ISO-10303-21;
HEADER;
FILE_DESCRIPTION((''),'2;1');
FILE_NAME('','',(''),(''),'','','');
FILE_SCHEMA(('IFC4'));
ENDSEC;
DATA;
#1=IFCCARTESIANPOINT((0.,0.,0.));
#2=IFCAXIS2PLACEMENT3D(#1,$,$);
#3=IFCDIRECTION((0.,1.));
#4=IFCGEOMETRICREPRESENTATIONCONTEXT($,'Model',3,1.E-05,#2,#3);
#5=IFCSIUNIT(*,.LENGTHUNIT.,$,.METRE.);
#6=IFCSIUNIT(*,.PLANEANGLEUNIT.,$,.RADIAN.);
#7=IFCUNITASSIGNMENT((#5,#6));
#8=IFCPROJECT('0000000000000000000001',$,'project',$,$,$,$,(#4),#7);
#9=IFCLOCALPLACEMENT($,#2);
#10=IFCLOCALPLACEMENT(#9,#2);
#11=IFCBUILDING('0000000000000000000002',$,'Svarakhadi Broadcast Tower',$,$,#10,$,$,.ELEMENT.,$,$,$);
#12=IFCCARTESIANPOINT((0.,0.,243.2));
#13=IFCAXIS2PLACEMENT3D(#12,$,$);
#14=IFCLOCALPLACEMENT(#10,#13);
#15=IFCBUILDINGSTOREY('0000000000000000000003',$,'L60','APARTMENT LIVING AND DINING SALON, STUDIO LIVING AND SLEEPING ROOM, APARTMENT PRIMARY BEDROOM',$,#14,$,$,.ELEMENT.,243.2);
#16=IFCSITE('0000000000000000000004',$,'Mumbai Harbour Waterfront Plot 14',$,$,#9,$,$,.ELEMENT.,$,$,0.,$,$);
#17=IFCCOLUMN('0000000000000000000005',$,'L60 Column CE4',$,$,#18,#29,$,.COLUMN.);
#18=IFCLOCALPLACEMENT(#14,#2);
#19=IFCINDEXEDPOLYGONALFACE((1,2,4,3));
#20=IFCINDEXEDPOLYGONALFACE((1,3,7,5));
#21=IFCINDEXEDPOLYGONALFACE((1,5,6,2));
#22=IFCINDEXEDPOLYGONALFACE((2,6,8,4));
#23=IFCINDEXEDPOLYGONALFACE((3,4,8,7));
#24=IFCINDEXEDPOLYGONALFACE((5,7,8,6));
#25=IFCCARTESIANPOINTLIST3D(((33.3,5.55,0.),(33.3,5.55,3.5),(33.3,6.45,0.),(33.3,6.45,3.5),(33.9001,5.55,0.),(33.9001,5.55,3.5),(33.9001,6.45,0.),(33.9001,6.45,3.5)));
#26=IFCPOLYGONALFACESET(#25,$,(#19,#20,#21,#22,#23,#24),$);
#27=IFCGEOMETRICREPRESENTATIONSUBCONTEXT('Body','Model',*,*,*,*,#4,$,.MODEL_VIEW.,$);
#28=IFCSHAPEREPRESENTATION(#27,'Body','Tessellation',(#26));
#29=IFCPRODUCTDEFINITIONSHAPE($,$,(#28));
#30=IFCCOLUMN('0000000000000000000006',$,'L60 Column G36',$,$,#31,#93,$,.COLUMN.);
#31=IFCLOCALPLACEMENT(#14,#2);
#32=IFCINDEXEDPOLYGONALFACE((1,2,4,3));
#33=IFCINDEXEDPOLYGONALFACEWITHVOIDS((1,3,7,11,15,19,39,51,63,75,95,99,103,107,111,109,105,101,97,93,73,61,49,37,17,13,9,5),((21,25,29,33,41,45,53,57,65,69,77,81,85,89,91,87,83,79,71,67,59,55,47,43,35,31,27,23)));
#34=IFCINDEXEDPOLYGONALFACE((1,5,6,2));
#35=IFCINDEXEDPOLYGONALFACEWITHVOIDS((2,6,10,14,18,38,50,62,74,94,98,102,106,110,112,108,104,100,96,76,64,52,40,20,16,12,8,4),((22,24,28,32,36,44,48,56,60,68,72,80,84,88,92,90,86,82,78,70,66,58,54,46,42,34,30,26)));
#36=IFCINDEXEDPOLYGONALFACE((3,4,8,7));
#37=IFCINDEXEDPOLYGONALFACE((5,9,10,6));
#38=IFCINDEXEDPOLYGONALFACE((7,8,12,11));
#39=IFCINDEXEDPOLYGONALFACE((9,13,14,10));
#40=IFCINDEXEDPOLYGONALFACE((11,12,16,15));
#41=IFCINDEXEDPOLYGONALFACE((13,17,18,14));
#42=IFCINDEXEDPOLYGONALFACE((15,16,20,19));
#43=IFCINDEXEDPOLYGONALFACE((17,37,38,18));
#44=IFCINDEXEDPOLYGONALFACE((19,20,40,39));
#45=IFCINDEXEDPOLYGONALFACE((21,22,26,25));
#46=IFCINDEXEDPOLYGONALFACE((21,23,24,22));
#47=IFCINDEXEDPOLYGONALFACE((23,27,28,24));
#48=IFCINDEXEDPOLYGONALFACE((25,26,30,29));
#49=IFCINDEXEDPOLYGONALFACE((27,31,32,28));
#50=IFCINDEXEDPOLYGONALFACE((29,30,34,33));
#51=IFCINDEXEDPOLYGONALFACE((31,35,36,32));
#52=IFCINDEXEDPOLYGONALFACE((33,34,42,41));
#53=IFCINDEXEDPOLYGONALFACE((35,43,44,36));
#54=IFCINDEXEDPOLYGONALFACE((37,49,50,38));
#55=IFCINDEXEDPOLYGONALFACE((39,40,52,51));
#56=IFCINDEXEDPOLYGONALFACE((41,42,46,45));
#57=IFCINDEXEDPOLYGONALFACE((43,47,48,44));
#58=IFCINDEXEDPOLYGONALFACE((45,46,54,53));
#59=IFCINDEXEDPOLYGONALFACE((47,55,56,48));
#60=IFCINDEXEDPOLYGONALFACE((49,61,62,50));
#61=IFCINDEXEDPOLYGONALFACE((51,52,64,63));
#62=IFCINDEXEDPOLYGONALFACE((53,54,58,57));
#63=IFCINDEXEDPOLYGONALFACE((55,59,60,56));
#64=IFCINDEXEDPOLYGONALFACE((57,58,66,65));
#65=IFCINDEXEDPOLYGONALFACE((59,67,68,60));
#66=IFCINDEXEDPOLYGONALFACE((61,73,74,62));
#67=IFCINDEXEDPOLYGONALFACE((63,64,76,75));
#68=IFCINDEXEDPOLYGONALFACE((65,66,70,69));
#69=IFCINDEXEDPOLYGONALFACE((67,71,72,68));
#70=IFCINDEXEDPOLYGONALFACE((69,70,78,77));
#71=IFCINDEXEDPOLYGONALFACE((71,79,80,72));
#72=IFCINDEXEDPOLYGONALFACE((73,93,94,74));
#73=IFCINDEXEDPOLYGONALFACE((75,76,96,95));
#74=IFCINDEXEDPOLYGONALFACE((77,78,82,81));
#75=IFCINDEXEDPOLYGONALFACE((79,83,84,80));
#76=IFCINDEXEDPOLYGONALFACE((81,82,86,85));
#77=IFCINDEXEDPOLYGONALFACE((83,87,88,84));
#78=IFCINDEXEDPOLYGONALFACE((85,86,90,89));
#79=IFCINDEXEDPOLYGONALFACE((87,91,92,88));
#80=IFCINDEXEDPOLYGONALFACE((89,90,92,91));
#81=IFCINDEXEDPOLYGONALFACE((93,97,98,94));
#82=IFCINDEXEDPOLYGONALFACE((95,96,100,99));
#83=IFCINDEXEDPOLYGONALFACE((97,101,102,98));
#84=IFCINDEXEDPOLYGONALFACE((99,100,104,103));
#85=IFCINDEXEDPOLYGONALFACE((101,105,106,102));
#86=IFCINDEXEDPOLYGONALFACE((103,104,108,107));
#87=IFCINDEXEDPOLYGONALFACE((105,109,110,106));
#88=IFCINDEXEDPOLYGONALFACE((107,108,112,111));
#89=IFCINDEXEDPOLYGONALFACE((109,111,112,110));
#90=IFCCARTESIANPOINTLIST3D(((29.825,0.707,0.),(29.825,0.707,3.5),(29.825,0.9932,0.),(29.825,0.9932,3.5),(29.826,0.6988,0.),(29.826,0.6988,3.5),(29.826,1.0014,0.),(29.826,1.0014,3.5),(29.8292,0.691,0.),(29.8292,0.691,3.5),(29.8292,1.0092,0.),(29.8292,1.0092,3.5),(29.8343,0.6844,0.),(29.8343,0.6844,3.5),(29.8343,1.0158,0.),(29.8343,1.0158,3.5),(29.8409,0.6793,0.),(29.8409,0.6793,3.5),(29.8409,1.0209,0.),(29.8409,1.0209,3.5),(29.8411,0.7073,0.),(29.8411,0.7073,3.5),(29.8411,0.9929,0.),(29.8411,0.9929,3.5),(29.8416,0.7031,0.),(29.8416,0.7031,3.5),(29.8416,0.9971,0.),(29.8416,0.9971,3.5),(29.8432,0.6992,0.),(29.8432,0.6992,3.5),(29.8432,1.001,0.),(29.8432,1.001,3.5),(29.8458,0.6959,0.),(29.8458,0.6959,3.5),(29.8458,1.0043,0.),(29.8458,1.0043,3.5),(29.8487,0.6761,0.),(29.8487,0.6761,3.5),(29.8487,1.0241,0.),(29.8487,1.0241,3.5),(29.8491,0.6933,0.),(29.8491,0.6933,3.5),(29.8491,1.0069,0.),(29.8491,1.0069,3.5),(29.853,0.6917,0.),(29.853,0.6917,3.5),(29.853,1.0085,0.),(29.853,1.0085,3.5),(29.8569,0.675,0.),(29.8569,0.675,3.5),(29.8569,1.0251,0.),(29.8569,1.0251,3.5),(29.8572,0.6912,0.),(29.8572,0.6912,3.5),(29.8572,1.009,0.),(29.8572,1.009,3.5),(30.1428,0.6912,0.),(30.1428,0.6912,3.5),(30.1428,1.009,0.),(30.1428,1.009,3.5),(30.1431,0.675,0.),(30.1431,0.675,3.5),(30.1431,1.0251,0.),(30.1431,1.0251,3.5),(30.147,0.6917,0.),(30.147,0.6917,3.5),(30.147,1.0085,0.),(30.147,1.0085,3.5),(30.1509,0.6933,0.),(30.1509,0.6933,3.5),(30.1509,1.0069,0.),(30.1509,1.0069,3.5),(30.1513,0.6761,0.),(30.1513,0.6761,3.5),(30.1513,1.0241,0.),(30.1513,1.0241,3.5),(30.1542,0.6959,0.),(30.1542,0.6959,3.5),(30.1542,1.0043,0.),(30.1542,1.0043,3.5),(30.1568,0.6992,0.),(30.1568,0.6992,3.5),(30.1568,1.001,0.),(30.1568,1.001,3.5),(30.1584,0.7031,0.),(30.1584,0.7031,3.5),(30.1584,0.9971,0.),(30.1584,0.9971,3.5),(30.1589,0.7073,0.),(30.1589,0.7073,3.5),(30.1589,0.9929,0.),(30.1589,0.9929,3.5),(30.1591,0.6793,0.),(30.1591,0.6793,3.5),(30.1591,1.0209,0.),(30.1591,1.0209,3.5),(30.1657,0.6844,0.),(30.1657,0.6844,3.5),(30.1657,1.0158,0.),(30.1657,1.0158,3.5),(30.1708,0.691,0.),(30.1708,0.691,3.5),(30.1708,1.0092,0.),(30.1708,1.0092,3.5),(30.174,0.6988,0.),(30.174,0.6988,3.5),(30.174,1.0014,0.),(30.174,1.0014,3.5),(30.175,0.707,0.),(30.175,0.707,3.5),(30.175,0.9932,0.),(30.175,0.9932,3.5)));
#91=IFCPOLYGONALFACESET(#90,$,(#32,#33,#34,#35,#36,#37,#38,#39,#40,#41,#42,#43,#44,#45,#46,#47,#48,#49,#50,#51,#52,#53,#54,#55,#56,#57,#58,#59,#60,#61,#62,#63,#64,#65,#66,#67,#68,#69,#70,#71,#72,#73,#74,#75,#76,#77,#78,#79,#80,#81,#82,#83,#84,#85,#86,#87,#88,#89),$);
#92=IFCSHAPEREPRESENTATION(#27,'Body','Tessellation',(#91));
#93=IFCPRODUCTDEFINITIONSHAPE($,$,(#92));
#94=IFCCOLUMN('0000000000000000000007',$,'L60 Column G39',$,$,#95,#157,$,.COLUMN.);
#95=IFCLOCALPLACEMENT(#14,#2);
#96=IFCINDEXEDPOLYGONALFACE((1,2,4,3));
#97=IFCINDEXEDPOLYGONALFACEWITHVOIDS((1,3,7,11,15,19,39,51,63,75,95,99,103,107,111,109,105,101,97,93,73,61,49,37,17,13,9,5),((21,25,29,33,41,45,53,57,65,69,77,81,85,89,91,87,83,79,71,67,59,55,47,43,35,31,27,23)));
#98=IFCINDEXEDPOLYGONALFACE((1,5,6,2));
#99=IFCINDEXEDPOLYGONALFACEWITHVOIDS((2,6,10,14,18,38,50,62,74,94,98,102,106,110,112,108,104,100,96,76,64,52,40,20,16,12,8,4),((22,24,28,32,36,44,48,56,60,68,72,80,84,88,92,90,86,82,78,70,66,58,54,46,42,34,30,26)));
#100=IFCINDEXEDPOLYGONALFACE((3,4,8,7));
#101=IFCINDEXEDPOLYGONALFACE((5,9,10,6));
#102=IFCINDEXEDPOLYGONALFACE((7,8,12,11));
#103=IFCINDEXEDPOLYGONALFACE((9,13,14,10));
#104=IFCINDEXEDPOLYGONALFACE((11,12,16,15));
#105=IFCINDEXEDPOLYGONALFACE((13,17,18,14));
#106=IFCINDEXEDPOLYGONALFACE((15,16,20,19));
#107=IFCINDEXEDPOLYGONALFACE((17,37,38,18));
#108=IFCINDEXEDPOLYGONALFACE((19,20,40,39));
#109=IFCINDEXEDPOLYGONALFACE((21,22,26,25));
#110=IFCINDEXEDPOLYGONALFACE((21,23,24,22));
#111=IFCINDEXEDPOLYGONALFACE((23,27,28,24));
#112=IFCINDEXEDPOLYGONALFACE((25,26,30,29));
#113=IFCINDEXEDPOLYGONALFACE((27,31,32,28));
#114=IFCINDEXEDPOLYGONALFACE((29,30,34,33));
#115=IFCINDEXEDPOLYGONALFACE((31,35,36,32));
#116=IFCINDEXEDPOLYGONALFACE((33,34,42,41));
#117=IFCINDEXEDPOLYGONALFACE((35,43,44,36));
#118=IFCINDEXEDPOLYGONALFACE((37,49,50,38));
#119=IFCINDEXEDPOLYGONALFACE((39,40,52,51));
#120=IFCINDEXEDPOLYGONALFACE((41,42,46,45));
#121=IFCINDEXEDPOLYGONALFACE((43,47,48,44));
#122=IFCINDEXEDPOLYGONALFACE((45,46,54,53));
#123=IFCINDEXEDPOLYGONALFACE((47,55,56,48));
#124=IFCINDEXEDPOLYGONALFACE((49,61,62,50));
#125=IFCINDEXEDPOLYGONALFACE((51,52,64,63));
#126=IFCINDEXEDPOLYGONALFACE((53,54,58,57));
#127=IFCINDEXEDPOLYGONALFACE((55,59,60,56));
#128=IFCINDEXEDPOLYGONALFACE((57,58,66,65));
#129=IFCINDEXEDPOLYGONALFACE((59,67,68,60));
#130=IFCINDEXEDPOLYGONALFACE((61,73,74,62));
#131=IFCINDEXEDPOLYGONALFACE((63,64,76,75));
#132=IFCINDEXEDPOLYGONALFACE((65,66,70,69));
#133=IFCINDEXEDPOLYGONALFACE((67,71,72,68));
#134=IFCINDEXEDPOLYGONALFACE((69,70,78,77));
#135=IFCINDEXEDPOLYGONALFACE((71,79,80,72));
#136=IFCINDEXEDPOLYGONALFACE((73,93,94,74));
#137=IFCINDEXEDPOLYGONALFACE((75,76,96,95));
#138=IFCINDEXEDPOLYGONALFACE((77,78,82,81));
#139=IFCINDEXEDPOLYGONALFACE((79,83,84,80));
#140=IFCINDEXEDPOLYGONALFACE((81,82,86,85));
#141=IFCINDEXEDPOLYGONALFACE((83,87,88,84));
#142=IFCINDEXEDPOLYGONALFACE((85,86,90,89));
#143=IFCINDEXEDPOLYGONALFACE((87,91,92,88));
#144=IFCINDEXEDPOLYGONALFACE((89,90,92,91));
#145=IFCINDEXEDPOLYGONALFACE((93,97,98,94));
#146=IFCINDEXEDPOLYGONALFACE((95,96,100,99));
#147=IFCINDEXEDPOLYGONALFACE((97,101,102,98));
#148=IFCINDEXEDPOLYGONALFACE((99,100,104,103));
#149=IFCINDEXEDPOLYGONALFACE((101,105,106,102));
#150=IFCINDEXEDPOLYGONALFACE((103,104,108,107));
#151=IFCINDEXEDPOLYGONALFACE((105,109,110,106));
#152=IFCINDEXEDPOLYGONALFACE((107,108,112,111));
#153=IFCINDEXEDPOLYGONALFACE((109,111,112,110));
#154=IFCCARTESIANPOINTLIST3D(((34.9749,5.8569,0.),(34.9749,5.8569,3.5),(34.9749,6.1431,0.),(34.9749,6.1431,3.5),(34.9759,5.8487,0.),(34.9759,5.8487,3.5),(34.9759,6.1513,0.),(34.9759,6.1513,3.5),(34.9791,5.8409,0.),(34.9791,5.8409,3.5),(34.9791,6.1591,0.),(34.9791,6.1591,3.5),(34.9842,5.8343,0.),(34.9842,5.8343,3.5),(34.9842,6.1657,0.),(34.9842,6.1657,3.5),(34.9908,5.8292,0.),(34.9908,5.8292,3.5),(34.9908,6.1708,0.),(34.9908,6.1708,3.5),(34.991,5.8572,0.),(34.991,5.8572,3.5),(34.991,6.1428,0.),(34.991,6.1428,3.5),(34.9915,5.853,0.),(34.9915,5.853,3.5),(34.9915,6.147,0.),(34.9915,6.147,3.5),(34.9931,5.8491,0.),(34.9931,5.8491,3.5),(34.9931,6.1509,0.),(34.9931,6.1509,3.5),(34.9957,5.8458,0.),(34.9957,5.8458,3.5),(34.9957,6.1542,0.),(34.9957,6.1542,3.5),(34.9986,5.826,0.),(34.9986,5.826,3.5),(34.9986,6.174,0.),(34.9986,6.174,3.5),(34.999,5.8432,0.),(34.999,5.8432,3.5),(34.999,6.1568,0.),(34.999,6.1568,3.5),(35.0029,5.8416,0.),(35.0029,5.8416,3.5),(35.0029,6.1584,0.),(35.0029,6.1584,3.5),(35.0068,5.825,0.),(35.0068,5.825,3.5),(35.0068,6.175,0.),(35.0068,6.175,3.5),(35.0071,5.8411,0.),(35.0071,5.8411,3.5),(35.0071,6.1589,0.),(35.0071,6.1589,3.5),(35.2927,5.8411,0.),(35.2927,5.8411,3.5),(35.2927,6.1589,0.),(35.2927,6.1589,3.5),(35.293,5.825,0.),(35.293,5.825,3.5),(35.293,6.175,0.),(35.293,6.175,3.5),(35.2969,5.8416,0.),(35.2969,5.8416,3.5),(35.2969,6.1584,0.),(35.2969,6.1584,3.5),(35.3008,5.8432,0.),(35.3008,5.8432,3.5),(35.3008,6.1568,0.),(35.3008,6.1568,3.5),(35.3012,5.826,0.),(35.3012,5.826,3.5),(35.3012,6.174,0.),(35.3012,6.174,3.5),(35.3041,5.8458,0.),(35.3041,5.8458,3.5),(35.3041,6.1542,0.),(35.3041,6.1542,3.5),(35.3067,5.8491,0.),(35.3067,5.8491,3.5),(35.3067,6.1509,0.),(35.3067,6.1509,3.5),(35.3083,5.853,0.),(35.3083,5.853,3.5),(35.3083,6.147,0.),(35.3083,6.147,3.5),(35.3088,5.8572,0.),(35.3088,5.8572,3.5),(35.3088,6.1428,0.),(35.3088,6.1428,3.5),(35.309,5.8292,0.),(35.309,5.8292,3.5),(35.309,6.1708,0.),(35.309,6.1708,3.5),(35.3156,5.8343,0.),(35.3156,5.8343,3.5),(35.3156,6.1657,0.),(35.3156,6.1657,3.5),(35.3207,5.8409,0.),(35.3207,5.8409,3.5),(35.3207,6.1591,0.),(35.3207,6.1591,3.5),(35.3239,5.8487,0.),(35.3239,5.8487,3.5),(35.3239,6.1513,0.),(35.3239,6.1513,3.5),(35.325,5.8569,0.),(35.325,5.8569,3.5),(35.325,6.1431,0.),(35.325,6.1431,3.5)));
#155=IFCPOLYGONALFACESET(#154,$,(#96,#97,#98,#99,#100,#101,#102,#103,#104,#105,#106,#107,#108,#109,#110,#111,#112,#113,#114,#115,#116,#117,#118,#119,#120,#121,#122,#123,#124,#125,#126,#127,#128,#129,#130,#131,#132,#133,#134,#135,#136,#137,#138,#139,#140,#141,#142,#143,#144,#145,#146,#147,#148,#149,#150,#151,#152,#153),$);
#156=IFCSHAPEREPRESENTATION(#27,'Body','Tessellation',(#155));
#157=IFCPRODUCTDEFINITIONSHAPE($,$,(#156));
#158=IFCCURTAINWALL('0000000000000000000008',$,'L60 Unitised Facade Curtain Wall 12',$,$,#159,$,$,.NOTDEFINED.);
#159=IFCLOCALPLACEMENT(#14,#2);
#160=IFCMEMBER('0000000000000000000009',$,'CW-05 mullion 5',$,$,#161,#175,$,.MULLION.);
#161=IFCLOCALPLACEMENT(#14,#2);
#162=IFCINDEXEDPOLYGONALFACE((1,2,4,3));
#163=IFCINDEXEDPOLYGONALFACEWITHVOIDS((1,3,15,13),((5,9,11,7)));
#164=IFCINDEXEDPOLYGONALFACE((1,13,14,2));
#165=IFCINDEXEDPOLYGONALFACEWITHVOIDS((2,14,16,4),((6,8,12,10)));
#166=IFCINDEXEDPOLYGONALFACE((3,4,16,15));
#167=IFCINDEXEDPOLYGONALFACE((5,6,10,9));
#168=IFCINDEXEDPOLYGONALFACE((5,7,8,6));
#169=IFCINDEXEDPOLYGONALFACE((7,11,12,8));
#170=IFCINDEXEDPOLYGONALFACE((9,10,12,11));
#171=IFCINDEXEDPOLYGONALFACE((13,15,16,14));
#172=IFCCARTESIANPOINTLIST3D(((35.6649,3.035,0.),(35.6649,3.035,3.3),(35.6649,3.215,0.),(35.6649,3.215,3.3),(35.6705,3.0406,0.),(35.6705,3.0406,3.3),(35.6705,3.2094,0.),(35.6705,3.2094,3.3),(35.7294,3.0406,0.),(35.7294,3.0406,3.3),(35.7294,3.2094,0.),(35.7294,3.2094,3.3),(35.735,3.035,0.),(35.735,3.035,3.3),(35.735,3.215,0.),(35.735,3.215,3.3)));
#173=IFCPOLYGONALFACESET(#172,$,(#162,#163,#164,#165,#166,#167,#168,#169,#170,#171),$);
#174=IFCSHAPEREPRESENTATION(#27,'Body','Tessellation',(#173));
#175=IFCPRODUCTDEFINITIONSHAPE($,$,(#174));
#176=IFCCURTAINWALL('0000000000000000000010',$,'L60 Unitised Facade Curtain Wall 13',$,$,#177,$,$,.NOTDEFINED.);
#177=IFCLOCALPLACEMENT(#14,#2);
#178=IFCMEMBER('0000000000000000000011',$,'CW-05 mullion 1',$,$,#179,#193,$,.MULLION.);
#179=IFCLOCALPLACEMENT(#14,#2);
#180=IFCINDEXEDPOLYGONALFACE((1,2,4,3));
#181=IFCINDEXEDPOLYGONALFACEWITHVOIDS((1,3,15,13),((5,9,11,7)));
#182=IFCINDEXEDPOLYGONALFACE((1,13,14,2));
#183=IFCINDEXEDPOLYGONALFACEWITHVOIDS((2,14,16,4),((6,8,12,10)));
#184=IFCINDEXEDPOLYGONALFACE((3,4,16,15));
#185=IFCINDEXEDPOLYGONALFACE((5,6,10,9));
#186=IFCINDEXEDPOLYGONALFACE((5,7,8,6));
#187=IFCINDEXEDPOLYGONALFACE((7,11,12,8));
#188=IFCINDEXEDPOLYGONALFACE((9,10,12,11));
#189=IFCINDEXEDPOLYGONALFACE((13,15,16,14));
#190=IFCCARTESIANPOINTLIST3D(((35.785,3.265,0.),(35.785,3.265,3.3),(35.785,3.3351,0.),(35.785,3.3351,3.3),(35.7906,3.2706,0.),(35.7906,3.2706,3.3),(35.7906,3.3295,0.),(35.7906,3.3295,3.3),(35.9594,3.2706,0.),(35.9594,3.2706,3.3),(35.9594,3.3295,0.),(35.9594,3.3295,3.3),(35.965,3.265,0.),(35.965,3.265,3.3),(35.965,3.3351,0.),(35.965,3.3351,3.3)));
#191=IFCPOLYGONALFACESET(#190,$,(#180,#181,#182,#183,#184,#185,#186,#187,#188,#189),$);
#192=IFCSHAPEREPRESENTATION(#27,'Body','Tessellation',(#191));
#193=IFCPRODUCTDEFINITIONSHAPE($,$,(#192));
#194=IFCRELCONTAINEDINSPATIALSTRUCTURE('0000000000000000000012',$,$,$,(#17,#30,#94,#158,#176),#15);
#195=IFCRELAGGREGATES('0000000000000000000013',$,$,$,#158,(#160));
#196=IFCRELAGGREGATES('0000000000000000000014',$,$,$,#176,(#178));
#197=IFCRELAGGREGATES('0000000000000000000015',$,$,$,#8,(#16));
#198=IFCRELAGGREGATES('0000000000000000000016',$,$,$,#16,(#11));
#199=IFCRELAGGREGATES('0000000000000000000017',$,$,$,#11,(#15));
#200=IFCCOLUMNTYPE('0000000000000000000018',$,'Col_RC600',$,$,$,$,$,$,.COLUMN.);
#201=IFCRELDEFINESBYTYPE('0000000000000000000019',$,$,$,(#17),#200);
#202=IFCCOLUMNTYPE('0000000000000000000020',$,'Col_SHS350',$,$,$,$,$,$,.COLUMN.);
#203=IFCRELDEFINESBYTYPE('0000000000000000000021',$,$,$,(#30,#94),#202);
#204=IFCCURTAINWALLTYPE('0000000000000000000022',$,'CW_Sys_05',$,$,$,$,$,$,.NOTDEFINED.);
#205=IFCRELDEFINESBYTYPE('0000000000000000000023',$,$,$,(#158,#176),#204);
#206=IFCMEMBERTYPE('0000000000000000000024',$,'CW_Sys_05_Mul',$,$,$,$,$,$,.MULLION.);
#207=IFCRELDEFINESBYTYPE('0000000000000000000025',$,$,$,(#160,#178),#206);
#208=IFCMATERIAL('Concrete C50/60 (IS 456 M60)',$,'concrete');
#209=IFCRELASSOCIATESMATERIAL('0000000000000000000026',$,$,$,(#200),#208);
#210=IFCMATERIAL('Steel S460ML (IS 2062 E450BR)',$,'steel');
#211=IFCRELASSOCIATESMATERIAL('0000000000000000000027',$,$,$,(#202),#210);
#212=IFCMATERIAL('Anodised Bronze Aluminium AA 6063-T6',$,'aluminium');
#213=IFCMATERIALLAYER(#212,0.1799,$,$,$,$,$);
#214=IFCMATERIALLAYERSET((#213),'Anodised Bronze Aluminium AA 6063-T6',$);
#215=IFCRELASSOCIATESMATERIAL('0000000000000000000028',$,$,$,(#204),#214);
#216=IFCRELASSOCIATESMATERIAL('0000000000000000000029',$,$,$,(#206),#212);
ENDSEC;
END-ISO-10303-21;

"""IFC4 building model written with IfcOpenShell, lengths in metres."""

from ifc_helpers import new_model, si_unit, direction, frame, origin, origin_2d, place, context, subcontext, project, spatial, rectangle, hollow_rectangle, extrude, material, layer, layer_set, material_profile, profile_set, type_object, element, aggregate, save


model = new_model("IFC4")

# Units and contexts
model_context = context("Model", 3, precision=1e-05, world=origin(), true_north=direction((0.0, 1.0)))
body_context = subcontext(model_context, "Body", "Model", "MODEL_VIEW")
ifc_project = project(units=[si_unit("LENGTHUNIT", "METRE"), si_unit("PLANEANGLEUNIT", "RADIAN")], contexts=[model_context])

# Site, building, storey
site_placement = place(None, origin())
site = spatial("IfcSite", under=ifc_project, at=site_placement, Name="Mumbai Harbour Waterfront Plot 14", CompositionType="ELEMENT", RefElevation=0.0)
building_placement = place(site_placement, origin())
building = spatial("IfcBuilding", under=site, at=building_placement, Name="Svarakhadi Broadcast Tower", CompositionType="ELEMENT")
storey_placement = place(building_placement, frame((0.0, 0.0, 243.2)))
storey = spatial("IfcBuildingStorey", under=building, at=storey_placement, Name="L60", Description="APARTMENT LIVING AND DINING SALON, STUDIO LIVING AND SLEEPING ROOM, APARTMENT PRIMARY BEDROOM", CompositionType="ELEMENT", Elevation=243.2)

# Columns
ifc_material_1 = material(Name="Concrete C50/60 (IS 456 M60)", Category="concrete")
ifc_material_profile_1 = material_profile(ifc_material_1, rectangle(XDim=0.6001, YDim=0.8999, at=origin_2d()), Name="RC 600x900")
ifc_profile_set_1 = profile_set([ifc_material_profile_1], Name="Concrete C50/60 (IS 456 M60)")
column_type_1 = type_object("IfcColumnType", Name="Col_RC600", PredefinedType="COLUMN", material=ifc_profile_set_1)
column_placement = place(storey_placement, frame((33.6001, 6.0, 0.0), z_axis=(0.0, 0.0, 1.0), x_axis=(1.0, 0.0, 0.0)))
element("IfcColumn", 1, at=column_placement, inside=storey, type_object=column_type_1, Name="L60 Column CE4", PredefinedType="COLUMN", context=body_context, shape_type="SweptSolid", body=[
    extrude(rectangle(XDim=0.6001, YDim=0.8999, at=origin_2d()), origin(), (0.0, 0.0, 1.0), 3.5),
])
ifc_material_2 = material(Name="Steel S460ML (IS 2062 E450BR)", Category="steel")
ifc_material_profile_2 = material_profile(ifc_material_2, hollow_rectangle(XDim=0.3501, YDim=0.3501, WallThickness=0.0161, InnerFilletRadius=0.0161, OuterFilletRadius=0.032, at=origin_2d()), Name="SHS 350x350x16")
ifc_profile_set_2 = profile_set([ifc_material_profile_2], Name="Steel S460ML (IS 2062 E450BR)")
column_type_2 = type_object("IfcColumnType", Name="Col_SHS350", PredefinedType="COLUMN", material=ifc_profile_set_2)
for number, where, z_axis, x_axis, name in (
    (2, (30.0, 0.8501, 0.0), (0.0, 0.0, 1.0), (1.0, 0.0, 0.0), "L60 Column G36"),
    (3, (35.1499, 6.0, 0.0), (0.0, 0.0, 1.0), (1.0, 0.0, 0.0), "L60 Column G39"),
):
    element("IfcColumn", number, at=place(storey_placement, frame(where, z_axis=z_axis, x_axis=x_axis)), inside=storey, type_object=column_type_2, Name=name, PredefinedType="COLUMN", context=body_context, shape_type="SweptSolid", body=[
        extrude(hollow_rectangle(XDim=0.3501, YDim=0.3501, WallThickness=0.0161, InnerFilletRadius=0.0161, OuterFilletRadius=0.032, at=origin_2d()), origin(), (0.0, 0.0, 1.0), 3.5),
    ])

# Curtain wall, member
ifc_material_3 = material(Name="Anodised Bronze Aluminium AA 6063-T6", Category="aluminium")
ifc_layer_1 = layer(ifc_material_3, 0.1799)
ifc_layer_set_1 = layer_set([ifc_layer_1], Name="Anodised Bronze Aluminium AA 6063-T6")
curtain_wall_type = type_object("IfcCurtainWallType", Name="CW_Sys_05", PredefinedType="NOTDEFINED", material=ifc_layer_set_1)
curtain_wall_1_placement = place(storey_placement, origin())
curtain_wall_1 = element("IfcCurtainWall", 4, at=curtain_wall_1_placement, inside=storey, type_object=curtain_wall_type, Name="L60 Unitised Facade Curtain Wall 12", PredefinedType="NOTDEFINED")
ifc_material_profile_3 = material_profile(ifc_material_3, hollow_rectangle(XDim=0.0701, YDim=0.1799, WallThickness=0.0056, at=origin_2d()), Name="ALU MULLION 180x70x6")
ifc_profile_set_3 = profile_set([ifc_material_profile_3], Name="Anodised Bronze Aluminium AA 6063-T6")
member_type_1 = type_object("IfcMemberType", Name="CW_Sys_05_Mul", PredefinedType="MULLION", material=ifc_profile_set_3)
member_1_placement = place(storey_placement, frame((35.7, 3.125, 0.0), z_axis=(0.0, 0.0, 1.0), x_axis=(1.0, 0.0, 0.0)))
member_1 = element("IfcMember", 5, at=member_1_placement, type_object=member_type_1, Name="CW-05 mullion 5", PredefinedType="MULLION", context=body_context, shape_type="SweptSolid", body=[
    extrude(hollow_rectangle(XDim=0.0701, YDim=0.1799, WallThickness=0.0056, at=origin_2d()), origin(), (0.0, 0.0, 1.0), 3.3),
])

# Curtain wall, member
curtain_wall_2_placement = place(storey_placement, origin())
curtain_wall_2 = element("IfcCurtainWall", 6, at=curtain_wall_2_placement, inside=storey, type_object=curtain_wall_type, Name="L60 Unitised Facade Curtain Wall 13", PredefinedType="NOTDEFINED")
member_2_placement = place(storey_placement, frame((35.875, 3.3, 0.0), z_axis=(0.0, 0.0, 1.0), x_axis=(0.0, -1.0, 0.0)))
member_2 = element("IfcMember", 7, at=member_2_placement, type_object=member_type_1, Name="CW-05 mullion 1", PredefinedType="MULLION", context=body_context, shape_type="SweptSolid", body=[
    extrude(hollow_rectangle(XDim=0.0701, YDim=0.1799, WallThickness=0.0056, at=origin_2d()), origin(), (0.0, 0.0, 1.0), 3.3),
])

aggregate(curtain_wall_1, [member_1])
aggregate(curtain_wall_2, [member_2])

save(model, "model.ifc")
